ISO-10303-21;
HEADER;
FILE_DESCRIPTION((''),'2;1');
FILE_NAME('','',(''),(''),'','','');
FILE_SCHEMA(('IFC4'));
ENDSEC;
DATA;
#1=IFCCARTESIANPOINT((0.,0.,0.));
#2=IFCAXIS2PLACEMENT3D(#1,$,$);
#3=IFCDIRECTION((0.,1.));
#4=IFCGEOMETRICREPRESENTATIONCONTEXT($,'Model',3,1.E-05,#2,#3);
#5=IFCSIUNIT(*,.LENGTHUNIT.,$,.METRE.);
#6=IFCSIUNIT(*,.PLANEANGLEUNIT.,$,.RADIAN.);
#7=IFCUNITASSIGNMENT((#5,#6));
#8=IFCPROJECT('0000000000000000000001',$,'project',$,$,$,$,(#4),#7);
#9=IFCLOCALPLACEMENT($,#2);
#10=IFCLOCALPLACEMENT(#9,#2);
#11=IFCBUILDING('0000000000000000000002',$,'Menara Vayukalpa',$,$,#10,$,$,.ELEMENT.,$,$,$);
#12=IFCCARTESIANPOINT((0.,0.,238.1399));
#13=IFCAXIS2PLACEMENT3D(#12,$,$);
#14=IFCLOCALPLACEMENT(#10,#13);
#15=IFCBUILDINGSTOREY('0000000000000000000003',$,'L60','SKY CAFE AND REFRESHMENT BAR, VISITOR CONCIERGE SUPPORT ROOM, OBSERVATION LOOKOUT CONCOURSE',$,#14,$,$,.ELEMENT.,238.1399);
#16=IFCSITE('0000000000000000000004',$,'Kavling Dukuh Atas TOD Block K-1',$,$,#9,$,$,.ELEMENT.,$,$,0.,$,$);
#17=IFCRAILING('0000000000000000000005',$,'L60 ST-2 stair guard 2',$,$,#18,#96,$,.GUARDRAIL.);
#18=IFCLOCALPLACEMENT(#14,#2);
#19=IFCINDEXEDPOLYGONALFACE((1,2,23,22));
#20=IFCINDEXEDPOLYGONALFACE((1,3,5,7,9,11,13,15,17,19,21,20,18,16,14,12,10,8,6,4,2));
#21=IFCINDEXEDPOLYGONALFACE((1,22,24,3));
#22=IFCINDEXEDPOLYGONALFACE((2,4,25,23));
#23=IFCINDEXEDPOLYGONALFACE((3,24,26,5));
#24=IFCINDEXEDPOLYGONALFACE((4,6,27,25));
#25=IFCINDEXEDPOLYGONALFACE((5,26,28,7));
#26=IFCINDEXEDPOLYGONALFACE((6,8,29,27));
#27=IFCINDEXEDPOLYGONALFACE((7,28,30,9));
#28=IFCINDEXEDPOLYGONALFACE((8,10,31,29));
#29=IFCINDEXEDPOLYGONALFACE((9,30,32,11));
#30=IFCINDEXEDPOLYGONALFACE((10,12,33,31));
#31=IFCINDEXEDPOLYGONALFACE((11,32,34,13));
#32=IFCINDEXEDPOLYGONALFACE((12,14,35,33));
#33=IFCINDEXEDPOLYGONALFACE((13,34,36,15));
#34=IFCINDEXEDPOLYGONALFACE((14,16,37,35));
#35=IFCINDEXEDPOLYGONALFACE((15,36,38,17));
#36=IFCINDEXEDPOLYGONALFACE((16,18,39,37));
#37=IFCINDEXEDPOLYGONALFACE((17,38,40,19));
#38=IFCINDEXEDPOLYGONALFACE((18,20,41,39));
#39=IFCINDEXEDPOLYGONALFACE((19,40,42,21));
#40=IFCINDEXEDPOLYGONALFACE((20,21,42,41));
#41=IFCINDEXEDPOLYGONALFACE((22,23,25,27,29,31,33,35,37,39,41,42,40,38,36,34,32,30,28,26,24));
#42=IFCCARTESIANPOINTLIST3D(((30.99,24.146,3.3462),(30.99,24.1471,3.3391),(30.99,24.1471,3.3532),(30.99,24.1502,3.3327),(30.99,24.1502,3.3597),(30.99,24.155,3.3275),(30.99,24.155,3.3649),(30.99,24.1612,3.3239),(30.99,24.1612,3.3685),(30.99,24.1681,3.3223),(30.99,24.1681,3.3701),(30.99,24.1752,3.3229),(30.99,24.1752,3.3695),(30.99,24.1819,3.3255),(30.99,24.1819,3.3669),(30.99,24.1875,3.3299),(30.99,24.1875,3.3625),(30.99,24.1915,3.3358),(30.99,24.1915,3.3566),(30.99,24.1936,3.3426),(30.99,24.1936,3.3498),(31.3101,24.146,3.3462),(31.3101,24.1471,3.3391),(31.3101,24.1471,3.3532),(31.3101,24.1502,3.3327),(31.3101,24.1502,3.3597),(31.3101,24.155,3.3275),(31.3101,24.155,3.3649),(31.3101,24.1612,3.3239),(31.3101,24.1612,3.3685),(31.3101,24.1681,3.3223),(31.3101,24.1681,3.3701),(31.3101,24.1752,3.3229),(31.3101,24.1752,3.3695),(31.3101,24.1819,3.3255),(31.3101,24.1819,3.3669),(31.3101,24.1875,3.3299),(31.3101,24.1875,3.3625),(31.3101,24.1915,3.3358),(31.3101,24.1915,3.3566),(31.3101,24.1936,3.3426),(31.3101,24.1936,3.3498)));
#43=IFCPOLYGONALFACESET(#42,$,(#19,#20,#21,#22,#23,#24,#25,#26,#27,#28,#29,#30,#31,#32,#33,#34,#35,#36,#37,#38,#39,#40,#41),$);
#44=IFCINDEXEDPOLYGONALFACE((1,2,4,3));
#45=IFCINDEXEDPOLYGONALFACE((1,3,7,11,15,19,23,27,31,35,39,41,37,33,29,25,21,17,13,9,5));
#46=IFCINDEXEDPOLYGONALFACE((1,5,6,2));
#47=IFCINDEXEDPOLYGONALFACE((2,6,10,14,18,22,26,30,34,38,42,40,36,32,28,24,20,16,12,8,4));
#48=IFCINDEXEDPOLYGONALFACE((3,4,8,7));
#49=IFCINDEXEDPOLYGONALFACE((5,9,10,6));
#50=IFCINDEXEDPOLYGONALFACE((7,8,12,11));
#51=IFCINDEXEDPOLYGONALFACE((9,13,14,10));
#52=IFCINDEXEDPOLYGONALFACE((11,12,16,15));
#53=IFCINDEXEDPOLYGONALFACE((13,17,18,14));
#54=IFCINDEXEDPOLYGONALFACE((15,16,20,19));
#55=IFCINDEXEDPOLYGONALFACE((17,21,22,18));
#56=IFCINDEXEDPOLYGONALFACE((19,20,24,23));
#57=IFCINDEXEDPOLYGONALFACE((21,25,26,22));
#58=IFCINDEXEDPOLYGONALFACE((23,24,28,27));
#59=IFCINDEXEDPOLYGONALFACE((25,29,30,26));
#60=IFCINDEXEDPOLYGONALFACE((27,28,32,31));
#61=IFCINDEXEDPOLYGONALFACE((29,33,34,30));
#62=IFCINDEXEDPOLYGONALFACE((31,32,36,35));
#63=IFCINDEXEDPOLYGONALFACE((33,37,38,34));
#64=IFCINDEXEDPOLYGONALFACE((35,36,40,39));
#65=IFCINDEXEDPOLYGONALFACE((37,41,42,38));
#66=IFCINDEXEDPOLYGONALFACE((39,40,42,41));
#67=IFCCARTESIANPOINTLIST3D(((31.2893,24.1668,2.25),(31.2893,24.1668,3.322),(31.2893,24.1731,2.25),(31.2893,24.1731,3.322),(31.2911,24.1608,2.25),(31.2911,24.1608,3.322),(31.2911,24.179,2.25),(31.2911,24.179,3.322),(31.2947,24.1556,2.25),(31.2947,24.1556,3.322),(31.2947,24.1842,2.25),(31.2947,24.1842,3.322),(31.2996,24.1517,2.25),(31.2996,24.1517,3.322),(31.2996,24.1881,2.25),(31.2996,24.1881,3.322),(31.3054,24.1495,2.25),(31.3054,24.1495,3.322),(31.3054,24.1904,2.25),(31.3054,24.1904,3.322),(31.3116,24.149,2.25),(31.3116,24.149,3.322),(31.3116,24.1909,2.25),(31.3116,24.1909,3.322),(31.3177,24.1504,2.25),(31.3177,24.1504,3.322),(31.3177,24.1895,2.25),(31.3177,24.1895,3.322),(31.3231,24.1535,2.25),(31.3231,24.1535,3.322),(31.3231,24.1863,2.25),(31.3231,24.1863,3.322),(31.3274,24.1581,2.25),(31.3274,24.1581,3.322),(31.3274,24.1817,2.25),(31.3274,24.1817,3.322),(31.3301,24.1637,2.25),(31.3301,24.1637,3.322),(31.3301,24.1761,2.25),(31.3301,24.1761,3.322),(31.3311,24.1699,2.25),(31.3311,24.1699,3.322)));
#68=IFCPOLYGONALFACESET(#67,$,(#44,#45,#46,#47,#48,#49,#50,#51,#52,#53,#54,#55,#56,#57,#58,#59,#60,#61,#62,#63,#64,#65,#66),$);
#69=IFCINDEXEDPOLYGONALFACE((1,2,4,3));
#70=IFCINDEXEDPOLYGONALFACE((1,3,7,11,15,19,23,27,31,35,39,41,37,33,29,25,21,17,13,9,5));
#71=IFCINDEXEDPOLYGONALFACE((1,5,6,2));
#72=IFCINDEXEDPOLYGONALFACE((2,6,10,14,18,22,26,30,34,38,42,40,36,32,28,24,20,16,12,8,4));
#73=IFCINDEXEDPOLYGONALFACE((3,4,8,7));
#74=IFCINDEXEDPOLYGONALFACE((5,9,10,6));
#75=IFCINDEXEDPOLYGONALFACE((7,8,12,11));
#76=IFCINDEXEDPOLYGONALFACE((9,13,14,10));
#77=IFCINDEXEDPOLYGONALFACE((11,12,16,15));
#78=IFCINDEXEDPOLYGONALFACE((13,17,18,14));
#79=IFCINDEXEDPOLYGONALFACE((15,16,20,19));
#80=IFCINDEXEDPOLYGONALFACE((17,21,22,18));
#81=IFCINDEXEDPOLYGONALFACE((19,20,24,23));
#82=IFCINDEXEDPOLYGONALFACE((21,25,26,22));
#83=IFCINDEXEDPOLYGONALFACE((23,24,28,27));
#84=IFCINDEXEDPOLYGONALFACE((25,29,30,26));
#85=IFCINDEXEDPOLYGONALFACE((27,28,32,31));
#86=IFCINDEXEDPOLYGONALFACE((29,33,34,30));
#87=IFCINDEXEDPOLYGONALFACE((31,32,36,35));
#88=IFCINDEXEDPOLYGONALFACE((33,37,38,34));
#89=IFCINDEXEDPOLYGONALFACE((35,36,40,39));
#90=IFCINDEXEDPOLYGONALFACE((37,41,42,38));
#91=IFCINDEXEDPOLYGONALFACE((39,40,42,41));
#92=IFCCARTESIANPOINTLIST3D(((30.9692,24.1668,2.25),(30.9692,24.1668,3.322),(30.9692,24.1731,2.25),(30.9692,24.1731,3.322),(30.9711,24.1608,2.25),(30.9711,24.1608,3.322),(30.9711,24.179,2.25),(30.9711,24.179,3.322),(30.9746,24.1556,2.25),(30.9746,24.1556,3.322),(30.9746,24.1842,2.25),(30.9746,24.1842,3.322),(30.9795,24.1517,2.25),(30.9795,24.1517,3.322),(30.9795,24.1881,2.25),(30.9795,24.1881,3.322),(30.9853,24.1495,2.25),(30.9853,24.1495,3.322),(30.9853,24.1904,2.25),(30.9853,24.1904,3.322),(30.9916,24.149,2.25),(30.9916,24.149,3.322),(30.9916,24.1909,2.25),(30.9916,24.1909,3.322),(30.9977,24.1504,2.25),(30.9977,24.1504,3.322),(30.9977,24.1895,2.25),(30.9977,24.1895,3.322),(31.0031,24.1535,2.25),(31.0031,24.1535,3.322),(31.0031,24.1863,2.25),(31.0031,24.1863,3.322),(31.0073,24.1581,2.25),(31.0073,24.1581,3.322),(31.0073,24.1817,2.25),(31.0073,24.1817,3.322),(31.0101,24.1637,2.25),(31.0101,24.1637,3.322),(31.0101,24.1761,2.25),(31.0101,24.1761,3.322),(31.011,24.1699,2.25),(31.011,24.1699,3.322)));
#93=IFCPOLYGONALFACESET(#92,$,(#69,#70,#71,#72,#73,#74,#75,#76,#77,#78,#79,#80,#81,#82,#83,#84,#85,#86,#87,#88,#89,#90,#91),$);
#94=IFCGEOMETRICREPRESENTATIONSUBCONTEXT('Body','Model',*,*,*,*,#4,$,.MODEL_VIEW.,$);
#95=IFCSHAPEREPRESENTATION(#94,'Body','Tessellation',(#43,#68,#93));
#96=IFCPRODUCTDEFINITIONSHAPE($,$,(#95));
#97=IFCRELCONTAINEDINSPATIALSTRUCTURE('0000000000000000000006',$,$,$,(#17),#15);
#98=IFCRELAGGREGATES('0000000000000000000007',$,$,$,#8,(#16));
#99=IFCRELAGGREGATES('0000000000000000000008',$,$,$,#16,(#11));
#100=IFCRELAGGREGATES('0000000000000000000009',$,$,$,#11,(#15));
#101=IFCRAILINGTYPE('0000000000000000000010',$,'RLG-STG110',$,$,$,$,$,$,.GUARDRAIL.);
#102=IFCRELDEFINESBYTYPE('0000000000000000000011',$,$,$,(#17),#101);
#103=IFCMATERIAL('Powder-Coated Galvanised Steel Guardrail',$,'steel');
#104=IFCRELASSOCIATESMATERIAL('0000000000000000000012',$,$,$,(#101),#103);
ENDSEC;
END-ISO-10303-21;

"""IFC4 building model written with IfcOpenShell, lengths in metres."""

from ifc_helpers import new_model, si_unit, direction, frame, origin, origin_2d, place, context, subcontext, project, spatial, circle, extrude, material, type_object, element, save


model = new_model("IFC4")

# Units and contexts
model_context = context("Model", 3, precision=1e-05, world=origin(), true_north=direction((0.0, 1.0)))
body_context = subcontext(model_context, "Body", "Model", "MODEL_VIEW")
ifc_project = project(units=[si_unit("LENGTHUNIT", "METRE"), si_unit("PLANEANGLEUNIT", "RADIAN")], contexts=[model_context])

# Site, building, storey
site_placement = place(None, origin())
site = spatial("IfcSite", under=ifc_project, at=site_placement, Name="Kavling Dukuh Atas TOD Block K-1", CompositionType="ELEMENT", RefElevation=0.0)
building_placement = place(site_placement, origin())
building = spatial("IfcBuilding", under=site, at=building_placement, Name="Menara Vayukalpa", CompositionType="ELEMENT")
storey_placement = place(building_placement, frame((0.0, 0.0, 238.1399)))
storey = spatial("IfcBuildingStorey", under=building, at=storey_placement, Name="L60", Description="SKY CAFE AND REFRESHMENT BAR, VISITOR CONCIERGE SUPPORT ROOM, OBSERVATION LOOKOUT CONCOURSE", CompositionType="ELEMENT", Elevation=238.1399)

# Railing
ifc_material_1 = material(Name="Powder-Coated Galvanised Steel Guardrail", Category="steel")
railing_type_1 = type_object("IfcRailingType", Name="RLG-STG110", PredefinedType="GUARDRAIL", material=ifc_material_1)
railing_1_placement = place(storey_placement, frame((31.3101, 24.1699, 2.25)))
element("IfcRailing", 1, at=railing_1_placement, inside=storey, type_object=railing_type_1, Name="L60 ST-2 stair guard 2", PredefinedType="GUARDRAIL", context=body_context, shape_type="SweptSolid", body=[
    extrude(circle(Radius=0.0239, at=origin_2d()), frame((0.0, 0.0, 1.0962), z_axis=(-1.0, 0.0, 0.0), x_axis=(0.0, -1.0, 0.0)), (0.0, 0.0, 1.0), 0.3201),
    extrude(circle(Radius=0.021, at=origin_2d()), origin(), (0.0, 0.0, 1.0), 1.072),
    extrude(circle(Radius=0.021, at=origin_2d()), frame((-0.3201, 0.0, 0.0)), (0.0, 0.0, 1.0), 1.072),
])

save(model, "model.ifc")
